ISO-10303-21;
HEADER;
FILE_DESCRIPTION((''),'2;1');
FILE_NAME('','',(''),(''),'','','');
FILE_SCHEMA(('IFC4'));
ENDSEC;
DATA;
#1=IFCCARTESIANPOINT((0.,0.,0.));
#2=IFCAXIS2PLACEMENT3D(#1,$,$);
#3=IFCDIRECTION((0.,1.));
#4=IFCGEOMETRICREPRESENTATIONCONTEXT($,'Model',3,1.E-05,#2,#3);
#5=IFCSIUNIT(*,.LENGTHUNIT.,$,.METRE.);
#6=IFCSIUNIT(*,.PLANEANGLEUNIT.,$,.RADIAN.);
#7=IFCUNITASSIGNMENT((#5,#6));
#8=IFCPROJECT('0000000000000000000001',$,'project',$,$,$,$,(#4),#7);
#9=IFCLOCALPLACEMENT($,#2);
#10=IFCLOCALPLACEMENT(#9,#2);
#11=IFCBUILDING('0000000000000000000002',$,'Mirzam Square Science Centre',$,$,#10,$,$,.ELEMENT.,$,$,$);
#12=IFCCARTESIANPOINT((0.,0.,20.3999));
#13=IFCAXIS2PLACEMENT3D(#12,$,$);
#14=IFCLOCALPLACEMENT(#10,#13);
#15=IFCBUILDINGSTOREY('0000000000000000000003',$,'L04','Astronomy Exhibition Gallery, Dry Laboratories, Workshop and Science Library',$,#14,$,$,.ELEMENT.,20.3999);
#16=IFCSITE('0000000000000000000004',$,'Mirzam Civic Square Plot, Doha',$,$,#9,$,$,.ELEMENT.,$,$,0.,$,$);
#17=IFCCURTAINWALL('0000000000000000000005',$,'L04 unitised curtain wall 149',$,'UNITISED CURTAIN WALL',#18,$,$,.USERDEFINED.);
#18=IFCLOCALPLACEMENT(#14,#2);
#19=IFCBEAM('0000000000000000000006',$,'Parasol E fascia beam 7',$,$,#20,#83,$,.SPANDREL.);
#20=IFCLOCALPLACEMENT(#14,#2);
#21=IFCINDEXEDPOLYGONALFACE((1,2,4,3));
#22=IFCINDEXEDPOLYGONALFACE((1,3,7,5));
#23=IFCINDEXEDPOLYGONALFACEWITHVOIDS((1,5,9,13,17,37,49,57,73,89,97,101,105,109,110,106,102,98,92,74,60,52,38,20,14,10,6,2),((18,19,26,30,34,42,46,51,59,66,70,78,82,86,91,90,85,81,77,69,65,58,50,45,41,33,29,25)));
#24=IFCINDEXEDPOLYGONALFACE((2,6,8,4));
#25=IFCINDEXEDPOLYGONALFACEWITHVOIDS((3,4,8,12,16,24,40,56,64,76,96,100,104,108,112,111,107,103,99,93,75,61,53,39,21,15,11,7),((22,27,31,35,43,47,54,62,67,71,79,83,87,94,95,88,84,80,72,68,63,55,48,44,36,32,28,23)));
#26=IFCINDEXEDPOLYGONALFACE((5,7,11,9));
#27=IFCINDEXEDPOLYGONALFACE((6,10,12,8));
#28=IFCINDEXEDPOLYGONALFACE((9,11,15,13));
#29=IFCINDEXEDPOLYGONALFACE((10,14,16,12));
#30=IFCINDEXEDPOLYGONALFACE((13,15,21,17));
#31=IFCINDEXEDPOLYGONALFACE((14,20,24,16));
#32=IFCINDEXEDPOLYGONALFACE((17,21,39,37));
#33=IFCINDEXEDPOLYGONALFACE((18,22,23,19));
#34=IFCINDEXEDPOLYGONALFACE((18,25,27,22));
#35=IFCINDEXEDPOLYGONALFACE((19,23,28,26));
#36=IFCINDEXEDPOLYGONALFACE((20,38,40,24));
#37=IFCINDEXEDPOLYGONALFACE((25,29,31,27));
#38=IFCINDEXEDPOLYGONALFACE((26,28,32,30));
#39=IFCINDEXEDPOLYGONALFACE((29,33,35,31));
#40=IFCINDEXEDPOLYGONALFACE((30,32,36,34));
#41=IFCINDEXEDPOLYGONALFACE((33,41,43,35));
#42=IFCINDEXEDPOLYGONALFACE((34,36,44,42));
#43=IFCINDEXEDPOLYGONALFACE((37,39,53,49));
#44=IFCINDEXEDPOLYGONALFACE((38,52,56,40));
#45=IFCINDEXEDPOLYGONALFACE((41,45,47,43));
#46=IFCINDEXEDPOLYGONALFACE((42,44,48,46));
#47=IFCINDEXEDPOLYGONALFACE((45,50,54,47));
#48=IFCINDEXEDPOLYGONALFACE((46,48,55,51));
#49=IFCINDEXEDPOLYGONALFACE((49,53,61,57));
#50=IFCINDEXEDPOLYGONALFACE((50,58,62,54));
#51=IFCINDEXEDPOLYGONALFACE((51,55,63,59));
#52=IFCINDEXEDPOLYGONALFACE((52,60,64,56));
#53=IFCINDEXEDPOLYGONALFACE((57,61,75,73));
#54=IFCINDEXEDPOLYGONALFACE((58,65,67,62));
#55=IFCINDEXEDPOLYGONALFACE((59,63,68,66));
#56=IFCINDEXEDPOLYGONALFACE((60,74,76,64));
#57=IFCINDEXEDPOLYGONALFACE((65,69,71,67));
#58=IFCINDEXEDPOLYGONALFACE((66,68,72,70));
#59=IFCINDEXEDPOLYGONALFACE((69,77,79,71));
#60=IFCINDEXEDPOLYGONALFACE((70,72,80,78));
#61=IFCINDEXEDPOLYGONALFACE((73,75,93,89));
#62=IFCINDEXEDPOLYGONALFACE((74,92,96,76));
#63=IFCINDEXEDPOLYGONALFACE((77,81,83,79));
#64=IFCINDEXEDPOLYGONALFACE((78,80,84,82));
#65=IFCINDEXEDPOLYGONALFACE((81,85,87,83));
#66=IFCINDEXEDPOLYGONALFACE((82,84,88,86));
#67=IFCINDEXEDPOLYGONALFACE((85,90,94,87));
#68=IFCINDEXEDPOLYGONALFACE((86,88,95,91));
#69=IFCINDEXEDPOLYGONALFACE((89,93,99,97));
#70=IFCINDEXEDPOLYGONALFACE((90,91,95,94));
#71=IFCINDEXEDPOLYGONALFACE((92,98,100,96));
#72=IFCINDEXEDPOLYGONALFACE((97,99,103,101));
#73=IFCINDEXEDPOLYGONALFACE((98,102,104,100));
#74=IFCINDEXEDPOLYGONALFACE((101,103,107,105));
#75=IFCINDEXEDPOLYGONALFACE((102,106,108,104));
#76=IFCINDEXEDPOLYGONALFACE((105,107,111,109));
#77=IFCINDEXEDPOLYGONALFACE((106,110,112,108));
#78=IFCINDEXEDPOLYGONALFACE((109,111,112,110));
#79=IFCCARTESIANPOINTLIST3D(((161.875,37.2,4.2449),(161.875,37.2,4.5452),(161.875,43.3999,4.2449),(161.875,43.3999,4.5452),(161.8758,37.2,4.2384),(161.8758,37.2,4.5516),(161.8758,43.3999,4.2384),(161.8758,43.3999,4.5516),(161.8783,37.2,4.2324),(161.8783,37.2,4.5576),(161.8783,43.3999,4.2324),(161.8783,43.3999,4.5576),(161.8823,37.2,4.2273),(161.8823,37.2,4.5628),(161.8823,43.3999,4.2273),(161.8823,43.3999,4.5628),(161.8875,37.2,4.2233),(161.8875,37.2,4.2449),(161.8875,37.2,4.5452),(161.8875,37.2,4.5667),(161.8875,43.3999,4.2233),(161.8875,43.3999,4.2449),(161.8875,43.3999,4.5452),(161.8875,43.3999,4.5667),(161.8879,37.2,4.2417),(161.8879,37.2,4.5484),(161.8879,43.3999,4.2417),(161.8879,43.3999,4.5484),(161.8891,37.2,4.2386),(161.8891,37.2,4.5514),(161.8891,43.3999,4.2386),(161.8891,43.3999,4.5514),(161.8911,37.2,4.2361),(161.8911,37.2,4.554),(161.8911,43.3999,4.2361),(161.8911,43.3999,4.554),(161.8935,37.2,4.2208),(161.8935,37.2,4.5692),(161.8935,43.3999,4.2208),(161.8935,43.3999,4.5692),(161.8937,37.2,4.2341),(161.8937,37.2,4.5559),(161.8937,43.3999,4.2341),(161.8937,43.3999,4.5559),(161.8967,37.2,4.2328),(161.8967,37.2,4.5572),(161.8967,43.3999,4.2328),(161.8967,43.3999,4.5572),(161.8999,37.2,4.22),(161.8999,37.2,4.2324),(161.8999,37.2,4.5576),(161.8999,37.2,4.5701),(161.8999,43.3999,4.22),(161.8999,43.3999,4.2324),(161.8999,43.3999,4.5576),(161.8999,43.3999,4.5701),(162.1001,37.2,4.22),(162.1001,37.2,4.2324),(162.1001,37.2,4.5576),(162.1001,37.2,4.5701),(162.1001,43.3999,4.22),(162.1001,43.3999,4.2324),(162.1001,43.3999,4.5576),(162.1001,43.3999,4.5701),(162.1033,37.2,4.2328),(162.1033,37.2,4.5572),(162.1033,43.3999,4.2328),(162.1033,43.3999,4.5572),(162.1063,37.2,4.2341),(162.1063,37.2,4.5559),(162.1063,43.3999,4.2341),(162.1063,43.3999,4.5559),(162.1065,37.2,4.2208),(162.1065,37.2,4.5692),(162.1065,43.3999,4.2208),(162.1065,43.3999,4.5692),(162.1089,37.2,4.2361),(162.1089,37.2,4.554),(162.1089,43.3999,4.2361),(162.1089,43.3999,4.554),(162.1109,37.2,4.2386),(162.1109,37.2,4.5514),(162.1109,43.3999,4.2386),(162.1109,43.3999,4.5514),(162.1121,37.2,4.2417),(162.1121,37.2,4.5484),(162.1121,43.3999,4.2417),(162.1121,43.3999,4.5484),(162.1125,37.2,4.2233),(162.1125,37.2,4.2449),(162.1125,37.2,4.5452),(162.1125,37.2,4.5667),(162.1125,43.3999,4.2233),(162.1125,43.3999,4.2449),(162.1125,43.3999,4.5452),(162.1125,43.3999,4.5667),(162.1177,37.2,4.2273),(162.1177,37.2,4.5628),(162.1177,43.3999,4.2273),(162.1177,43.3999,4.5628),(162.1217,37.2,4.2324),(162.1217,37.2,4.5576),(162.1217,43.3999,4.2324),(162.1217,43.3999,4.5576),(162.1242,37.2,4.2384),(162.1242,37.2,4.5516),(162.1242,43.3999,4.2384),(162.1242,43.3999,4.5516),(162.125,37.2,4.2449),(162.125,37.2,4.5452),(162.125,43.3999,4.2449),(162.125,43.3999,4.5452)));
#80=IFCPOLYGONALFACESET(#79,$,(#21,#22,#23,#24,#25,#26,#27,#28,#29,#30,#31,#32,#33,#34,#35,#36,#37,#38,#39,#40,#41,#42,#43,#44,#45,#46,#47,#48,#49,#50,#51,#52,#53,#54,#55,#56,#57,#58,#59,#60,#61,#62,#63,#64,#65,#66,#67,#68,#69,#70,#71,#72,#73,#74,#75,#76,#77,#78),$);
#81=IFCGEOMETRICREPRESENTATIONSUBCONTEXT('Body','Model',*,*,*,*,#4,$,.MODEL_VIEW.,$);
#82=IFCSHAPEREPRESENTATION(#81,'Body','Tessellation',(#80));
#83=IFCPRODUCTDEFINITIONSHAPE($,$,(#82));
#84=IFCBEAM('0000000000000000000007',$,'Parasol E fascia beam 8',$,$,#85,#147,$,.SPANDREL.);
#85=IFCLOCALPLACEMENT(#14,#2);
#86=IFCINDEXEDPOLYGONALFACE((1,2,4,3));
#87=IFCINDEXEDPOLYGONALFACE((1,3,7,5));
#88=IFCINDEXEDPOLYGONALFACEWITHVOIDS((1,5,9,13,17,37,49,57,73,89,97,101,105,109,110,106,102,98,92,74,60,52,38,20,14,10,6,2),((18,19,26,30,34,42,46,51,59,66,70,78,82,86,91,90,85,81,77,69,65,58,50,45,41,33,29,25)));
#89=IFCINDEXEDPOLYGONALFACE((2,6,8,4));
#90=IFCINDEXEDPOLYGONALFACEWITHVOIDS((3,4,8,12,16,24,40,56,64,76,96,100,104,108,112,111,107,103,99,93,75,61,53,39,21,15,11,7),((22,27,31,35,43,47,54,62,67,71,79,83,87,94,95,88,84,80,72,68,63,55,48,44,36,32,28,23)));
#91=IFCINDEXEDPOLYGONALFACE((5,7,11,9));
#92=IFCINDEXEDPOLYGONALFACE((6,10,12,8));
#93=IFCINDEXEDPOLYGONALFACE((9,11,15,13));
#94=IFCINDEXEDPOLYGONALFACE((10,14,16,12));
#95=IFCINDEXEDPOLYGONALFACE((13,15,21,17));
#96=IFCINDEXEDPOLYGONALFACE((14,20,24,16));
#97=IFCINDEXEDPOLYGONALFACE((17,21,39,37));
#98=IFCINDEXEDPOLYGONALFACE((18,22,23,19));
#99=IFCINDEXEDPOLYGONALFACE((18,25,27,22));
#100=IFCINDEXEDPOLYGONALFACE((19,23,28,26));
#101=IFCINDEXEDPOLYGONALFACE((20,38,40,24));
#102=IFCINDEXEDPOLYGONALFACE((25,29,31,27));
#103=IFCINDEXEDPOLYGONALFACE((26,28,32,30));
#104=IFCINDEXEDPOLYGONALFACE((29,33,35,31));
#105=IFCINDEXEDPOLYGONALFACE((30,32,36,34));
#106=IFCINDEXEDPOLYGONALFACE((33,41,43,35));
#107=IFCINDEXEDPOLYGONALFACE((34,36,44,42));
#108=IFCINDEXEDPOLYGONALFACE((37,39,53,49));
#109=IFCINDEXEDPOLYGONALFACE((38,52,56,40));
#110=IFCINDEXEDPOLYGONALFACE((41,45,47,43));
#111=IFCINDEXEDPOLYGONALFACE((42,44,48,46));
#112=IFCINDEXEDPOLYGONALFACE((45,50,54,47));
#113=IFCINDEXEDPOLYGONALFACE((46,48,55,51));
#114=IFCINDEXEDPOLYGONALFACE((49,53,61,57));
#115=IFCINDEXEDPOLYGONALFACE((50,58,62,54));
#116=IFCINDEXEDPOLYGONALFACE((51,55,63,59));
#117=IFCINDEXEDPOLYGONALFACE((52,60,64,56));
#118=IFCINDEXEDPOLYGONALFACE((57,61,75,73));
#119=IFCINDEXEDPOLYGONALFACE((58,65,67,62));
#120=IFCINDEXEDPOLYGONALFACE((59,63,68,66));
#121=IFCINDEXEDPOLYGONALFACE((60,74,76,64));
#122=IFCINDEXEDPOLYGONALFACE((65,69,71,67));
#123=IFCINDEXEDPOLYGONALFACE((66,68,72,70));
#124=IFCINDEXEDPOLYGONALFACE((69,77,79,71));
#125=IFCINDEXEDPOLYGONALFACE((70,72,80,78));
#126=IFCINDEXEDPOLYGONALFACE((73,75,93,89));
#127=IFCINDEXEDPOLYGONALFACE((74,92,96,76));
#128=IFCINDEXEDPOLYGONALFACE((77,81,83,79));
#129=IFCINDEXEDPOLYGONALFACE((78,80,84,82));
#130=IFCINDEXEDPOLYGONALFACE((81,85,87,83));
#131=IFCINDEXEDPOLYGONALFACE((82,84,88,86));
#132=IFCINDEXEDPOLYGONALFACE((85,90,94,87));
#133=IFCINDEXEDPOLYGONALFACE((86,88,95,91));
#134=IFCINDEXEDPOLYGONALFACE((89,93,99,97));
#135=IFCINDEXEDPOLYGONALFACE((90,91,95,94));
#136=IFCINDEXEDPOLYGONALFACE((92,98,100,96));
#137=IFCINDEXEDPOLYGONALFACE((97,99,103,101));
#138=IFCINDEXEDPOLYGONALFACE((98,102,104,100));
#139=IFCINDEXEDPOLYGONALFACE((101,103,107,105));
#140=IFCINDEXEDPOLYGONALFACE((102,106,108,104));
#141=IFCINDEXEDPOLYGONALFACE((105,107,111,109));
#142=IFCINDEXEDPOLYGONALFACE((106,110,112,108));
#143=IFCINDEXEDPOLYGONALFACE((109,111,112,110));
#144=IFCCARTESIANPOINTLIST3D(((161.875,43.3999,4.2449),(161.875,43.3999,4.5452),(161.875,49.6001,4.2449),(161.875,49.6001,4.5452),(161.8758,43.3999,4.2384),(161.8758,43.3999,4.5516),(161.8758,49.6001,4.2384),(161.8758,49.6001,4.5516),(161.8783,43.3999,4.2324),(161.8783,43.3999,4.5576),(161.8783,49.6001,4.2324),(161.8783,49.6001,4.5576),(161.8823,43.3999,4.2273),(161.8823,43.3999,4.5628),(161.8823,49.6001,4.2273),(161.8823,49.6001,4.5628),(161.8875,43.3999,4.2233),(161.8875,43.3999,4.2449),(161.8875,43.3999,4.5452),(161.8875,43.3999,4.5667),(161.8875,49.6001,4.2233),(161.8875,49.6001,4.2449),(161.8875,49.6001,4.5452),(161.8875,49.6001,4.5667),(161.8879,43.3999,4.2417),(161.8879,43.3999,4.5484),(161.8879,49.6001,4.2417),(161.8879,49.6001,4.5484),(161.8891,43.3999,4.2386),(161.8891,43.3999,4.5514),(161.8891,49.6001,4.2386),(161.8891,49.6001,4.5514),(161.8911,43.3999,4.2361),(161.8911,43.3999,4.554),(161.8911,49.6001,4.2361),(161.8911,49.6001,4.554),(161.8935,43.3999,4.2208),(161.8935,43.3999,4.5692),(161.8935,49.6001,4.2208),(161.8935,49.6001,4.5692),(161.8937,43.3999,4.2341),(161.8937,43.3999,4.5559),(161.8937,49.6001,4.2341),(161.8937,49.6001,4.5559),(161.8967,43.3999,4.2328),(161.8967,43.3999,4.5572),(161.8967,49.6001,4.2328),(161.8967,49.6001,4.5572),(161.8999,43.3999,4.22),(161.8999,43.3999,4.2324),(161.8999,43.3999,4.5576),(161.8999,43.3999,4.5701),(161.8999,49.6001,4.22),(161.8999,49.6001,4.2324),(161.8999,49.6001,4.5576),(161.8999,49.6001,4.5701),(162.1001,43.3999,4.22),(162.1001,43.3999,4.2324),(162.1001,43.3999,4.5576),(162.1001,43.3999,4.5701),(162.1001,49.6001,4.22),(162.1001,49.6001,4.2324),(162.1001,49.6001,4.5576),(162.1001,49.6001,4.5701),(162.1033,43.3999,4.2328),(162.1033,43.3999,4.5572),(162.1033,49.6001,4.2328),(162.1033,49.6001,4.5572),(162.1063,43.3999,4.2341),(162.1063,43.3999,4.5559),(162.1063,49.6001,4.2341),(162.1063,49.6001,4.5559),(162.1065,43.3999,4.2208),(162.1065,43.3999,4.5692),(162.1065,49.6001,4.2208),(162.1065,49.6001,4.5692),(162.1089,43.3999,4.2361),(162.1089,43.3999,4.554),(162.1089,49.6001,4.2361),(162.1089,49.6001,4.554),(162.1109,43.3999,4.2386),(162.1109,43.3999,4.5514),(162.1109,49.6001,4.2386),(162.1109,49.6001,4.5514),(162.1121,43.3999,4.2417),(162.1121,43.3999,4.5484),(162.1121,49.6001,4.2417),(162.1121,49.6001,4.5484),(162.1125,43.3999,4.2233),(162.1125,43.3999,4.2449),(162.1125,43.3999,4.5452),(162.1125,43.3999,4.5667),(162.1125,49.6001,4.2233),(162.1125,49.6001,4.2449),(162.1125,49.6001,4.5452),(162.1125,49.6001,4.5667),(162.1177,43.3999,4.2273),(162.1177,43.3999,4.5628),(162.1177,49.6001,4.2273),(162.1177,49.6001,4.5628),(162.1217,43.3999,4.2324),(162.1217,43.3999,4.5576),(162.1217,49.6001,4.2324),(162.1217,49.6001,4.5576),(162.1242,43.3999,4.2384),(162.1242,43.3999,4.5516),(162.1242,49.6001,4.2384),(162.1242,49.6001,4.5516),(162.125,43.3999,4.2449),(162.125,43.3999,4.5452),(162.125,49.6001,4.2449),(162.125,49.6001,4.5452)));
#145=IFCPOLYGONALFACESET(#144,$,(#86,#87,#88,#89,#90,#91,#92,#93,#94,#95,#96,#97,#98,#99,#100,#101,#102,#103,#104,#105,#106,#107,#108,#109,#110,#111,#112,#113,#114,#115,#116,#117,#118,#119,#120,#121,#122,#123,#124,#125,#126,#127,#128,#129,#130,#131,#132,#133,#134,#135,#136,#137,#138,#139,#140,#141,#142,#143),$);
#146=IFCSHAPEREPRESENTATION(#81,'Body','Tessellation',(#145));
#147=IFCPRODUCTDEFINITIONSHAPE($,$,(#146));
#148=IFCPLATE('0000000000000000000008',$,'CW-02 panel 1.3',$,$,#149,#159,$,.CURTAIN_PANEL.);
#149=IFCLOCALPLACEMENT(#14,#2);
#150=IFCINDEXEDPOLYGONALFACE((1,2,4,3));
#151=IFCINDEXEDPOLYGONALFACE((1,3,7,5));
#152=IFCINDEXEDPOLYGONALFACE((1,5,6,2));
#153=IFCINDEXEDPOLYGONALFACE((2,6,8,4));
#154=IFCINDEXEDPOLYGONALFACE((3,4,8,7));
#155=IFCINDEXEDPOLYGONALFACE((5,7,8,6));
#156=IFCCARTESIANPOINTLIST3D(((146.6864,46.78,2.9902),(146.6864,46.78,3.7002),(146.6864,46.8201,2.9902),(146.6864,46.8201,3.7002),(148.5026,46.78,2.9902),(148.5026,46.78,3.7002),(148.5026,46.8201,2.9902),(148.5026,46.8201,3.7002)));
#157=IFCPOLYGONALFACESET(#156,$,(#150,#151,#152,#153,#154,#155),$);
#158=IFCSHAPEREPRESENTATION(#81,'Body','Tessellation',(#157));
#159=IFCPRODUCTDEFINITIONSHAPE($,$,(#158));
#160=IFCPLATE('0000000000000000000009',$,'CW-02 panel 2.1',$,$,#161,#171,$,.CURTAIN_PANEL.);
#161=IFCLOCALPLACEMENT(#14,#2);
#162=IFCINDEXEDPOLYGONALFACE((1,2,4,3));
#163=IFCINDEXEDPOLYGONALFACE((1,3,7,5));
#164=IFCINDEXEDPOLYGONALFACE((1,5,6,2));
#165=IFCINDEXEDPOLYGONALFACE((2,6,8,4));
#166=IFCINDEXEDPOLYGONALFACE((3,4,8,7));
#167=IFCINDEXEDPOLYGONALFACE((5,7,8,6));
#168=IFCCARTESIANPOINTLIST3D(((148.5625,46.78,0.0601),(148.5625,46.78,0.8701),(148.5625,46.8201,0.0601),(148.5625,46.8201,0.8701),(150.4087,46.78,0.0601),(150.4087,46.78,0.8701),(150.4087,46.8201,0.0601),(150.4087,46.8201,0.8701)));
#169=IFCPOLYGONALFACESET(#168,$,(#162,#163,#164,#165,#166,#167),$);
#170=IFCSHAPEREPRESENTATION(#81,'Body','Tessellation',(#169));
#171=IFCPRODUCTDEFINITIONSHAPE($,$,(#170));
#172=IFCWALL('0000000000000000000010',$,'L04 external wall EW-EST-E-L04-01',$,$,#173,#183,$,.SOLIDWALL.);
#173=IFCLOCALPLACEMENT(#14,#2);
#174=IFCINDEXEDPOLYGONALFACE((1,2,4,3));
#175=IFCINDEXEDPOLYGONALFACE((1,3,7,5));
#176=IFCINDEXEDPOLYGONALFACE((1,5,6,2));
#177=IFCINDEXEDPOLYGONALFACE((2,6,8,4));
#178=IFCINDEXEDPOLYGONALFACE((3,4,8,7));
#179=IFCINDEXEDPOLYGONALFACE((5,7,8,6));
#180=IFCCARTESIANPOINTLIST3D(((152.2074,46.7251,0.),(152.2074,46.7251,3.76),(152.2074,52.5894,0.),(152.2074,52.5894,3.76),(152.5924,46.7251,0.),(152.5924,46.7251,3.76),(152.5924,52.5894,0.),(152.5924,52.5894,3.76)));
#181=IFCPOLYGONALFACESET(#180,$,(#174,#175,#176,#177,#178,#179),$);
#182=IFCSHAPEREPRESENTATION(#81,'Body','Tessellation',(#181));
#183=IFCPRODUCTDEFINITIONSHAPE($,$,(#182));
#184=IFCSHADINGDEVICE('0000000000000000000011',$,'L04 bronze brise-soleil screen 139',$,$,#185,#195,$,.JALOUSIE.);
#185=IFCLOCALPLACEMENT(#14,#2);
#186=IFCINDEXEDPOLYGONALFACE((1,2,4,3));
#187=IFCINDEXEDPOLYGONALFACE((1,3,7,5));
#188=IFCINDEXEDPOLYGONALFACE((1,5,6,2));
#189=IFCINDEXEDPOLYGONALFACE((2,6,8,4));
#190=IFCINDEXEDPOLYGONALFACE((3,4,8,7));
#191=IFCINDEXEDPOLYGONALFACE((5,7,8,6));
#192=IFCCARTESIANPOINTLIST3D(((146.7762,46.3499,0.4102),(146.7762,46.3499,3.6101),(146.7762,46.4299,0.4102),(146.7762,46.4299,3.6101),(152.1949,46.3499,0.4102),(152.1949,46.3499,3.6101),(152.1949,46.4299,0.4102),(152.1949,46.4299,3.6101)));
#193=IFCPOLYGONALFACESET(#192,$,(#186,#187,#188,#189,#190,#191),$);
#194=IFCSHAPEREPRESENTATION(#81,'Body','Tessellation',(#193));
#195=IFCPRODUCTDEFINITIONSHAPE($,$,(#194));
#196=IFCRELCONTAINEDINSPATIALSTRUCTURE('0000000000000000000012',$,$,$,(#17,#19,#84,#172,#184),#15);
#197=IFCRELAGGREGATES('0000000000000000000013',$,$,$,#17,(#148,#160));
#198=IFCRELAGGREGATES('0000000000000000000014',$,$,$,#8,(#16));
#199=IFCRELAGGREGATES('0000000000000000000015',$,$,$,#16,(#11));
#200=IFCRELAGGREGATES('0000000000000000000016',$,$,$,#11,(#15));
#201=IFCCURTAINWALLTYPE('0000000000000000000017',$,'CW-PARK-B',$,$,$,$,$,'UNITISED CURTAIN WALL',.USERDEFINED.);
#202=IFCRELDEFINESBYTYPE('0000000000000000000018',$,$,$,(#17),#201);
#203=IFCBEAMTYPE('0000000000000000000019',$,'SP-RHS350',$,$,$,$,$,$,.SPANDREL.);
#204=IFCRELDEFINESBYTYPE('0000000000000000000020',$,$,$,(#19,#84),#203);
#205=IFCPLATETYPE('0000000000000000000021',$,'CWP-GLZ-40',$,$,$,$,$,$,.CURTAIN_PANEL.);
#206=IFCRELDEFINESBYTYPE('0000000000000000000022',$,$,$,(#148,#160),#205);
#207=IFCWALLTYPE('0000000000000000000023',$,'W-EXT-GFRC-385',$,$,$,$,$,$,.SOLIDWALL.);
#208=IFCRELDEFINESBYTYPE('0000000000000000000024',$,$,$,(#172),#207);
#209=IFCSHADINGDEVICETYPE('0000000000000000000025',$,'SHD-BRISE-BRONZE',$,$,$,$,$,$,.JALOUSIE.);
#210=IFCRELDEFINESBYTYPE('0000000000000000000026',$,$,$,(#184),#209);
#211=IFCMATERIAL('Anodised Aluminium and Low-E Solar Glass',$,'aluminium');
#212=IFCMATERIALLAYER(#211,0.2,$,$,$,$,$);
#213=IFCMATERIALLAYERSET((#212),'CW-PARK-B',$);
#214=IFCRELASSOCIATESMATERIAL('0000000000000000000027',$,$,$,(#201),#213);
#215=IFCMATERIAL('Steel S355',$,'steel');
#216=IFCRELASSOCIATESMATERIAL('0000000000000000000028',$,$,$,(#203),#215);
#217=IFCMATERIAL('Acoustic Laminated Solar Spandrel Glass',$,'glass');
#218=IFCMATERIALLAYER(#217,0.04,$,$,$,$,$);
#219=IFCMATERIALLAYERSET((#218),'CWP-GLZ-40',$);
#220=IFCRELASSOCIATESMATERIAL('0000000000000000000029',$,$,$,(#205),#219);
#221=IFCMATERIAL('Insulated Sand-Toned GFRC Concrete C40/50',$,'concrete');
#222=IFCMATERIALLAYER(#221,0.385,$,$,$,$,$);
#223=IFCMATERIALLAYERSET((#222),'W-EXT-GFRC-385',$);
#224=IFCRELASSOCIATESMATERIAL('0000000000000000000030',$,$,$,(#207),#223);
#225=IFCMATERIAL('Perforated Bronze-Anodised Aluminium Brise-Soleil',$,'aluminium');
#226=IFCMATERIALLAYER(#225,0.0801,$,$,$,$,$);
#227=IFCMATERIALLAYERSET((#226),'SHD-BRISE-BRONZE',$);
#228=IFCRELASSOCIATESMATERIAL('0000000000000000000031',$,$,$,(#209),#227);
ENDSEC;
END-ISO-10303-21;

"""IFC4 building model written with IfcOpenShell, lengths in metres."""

from ifc_helpers import new_model, si_unit, direction, frame, frame_2d, origin, origin_2d, place, context, subcontext, project, spatial, rectangle, hollow_rectangle, extrude, material, layer, layer_set, material_profile, profile_set, type_object, element, aggregate, save


model = new_model("IFC4")

# Units and contexts
model_context = context("Model", 3, precision=1e-05, world=origin(), true_north=direction((0.0, 1.0)))
body_context = subcontext(model_context, "Body", "Model", "MODEL_VIEW")
ifc_project = project(units=[si_unit("LENGTHUNIT", "METRE"), si_unit("PLANEANGLEUNIT", "RADIAN")], contexts=[model_context])

# Site, building, storey
site_placement = place(None, origin())
site = spatial("IfcSite", under=ifc_project, at=site_placement, Name="Mirzam Civic Square Plot, Doha", CompositionType="ELEMENT", RefElevation=0.0)
building_placement = place(site_placement, origin())
building = spatial("IfcBuilding", under=site, at=building_placement, Name="Mirzam Square Science Centre", CompositionType="ELEMENT")
storey_placement = place(building_placement, frame((0.0, 0.0, 20.3999)))
storey = spatial("IfcBuildingStorey", under=building, at=storey_placement, Name="L04", Description="Astronomy Exhibition Gallery, Dry Laboratories, Workshop and Science Library", CompositionType="ELEMENT", Elevation=20.3999)

# Shared definitions
ifc_material_1 = material(Name="Steel S355", Category="steel")

# Curtain wall
ifc_material_2 = material(Name="Anodised Aluminium and Low-E Solar Glass", Category="aluminium")
ifc_layer_1 = layer(ifc_material_2, 0.2)
ifc_layer_set_1 = layer_set([ifc_layer_1], Name="CW-PARK-B")
curtain_wall_type = type_object("IfcCurtainWallType", Name="CW-PARK-B", ElementType="UNITISED CURTAIN WALL", PredefinedType="USERDEFINED", material=ifc_layer_set_1)
curtain_wall_placement = place(storey_placement, origin())
curtain_wall = element("IfcCurtainWall", 1, at=curtain_wall_placement, inside=storey, type_object=curtain_wall_type, Name="L04 unitised curtain wall 149", ObjectType="UNITISED CURTAIN WALL", PredefinedType="USERDEFINED")

# Beams
ifc_material_profile_1 = material_profile(ifc_material_1, hollow_rectangle(XDim=0.25, YDim=0.3501, WallThickness=0.0125, InnerFilletRadius=0.0125, OuterFilletRadius=0.0249, at=origin_2d()), Name="350x250x12.5RHS")
ifc_profile_set_1 = profile_set([ifc_material_profile_1], Name="Steel S355")
beam_type_1 = type_object("IfcBeamType", Name="SP-RHS350", PredefinedType="SPANDREL", material=ifc_profile_set_1)
beam_1_placement = place(storey_placement, frame((162.0, 37.2, 4.395), z_axis=(0.0, 1.0, 0.0), x_axis=(-1.0, 0.0, 0.0)))
element("IfcBeam", 2, at=beam_1_placement, inside=storey, type_object=beam_type_1, Name="Parasol E fascia beam 7", PredefinedType="SPANDREL", context=body_context, shape_type="SweptSolid", body=[
    extrude(hollow_rectangle(XDim=0.25, YDim=0.3501, WallThickness=0.0125, InnerFilletRadius=0.0125, OuterFilletRadius=0.0249, at=origin_2d()), origin(), (0.0, 0.0, 1.0), 6.2),
])
beam_2_placement = place(storey_placement, frame((162.0, 43.3999, 4.395), z_axis=(0.0, 1.0, 0.0), x_axis=(-1.0, 0.0, 0.0)))
element("IfcBeam", 3, at=beam_2_placement, inside=storey, type_object=beam_type_1, Name="Parasol E fascia beam 8", PredefinedType="SPANDREL", context=body_context, shape_type="SweptSolid", body=[
    extrude(hollow_rectangle(XDim=0.25, YDim=0.3501, WallThickness=0.0125, InnerFilletRadius=0.0125, OuterFilletRadius=0.0249, at=origin_2d()), origin(), (0.0, 0.0, 1.0), 6.2002),
])

# Plates
ifc_material_3 = material(Name="Acoustic Laminated Solar Spandrel Glass", Category="glass")
ifc_layer_2 = layer(ifc_material_3, 0.04)
ifc_layer_set_2 = layer_set([ifc_layer_2], Name="CWP-GLZ-40")
plate_type = type_object("IfcPlateType", Name="CWP-GLZ-40", PredefinedType="CURTAIN_PANEL", material=ifc_layer_set_2)
plate_1_placement = place(storey_placement, frame((147.5945, 46.8, 2.9902), z_axis=(0.0, 0.0, 1.0), x_axis=(1.0, 0.0, 0.0)))
plate_1 = element("IfcPlate", 4, at=plate_1_placement, type_object=plate_type, Name="CW-02 panel 1.3", PredefinedType="CURTAIN_PANEL", context=body_context, shape_type="SweptSolid", body=[
    extrude(rectangle(XDim=1.8162, YDim=0.04, at=origin_2d()), origin(), (0.0, 0.0, 1.0), 0.71),
])
plate_2_placement = place(storey_placement, frame((149.4856, 46.8, 0.0601), z_axis=(0.0, 0.0, 1.0), x_axis=(1.0, 0.0, 0.0)))
plate_2 = element("IfcPlate", 5, at=plate_2_placement, type_object=plate_type, Name="CW-02 panel 2.1", PredefinedType="CURTAIN_PANEL", context=body_context, shape_type="SweptSolid", body=[
    extrude(rectangle(XDim=1.8462, YDim=0.04, at=origin_2d()), origin(), (0.0, 0.0, 1.0), 0.8101),
])
aggregate(curtain_wall, [plate_1, plate_2])

# Wall
ifc_material_4 = material(Name="Insulated Sand-Toned GFRC Concrete C40/50", Category="concrete")
ifc_layer_3 = layer(ifc_material_4, 0.385)
ifc_layer_set_3 = layer_set([ifc_layer_3], Name="W-EXT-GFRC-385")
wall_type = type_object("IfcWallType", Name="W-EXT-GFRC-385", PredefinedType="SOLIDWALL", material=ifc_layer_set_3)
wall_placement = place(storey_placement, frame((152.3999, 46.7251, 0.0), z_axis=(0.0, 0.0, 1.0), x_axis=(0.0, 1.0, 0.0)))
element("IfcWall", 6, at=wall_placement, inside=storey, type_object=wall_type, Name="L04 external wall EW-EST-E-L04-01", PredefinedType="SOLIDWALL", context=body_context, shape_type="SweptSolid", body=[
    extrude(rectangle(XDim=5.8643, YDim=0.385, at=frame_2d((2.9321, 0.0))), origin(), (0.0, 0.0, 1.0), 3.76),
])

# Shading device
ifc_material_5 = material(Name="Perforated Bronze-Anodised Aluminium Brise-Soleil", Category="aluminium")
ifc_layer_4 = layer(ifc_material_5, 0.0801)
ifc_layer_set_4 = layer_set([ifc_layer_4], Name="SHD-BRISE-BRONZE")
shading_device_type = type_object("IfcShadingDeviceType", Name="SHD-BRISE-BRONZE", PredefinedType="JALOUSIE", material=ifc_layer_set_4)
shading_device_placement = place(storey_placement, frame((149.4856, 46.3899, 0.4102), z_axis=(0.0, 0.0, 1.0), x_axis=(1.0, 0.0, 0.0)))
element("IfcShadingDevice", 7, at=shading_device_placement, inside=storey, type_object=shading_device_type, Name="L04 bronze brise-soleil screen 139", PredefinedType="JALOUSIE", context=body_context, shape_type="SweptSolid", body=[
    extrude(rectangle(XDim=5.4187, YDim=0.0801, at=origin_2d()), origin(), (0.0, 0.0, 1.0), 3.2),
])

save(model, "model.ifc")
